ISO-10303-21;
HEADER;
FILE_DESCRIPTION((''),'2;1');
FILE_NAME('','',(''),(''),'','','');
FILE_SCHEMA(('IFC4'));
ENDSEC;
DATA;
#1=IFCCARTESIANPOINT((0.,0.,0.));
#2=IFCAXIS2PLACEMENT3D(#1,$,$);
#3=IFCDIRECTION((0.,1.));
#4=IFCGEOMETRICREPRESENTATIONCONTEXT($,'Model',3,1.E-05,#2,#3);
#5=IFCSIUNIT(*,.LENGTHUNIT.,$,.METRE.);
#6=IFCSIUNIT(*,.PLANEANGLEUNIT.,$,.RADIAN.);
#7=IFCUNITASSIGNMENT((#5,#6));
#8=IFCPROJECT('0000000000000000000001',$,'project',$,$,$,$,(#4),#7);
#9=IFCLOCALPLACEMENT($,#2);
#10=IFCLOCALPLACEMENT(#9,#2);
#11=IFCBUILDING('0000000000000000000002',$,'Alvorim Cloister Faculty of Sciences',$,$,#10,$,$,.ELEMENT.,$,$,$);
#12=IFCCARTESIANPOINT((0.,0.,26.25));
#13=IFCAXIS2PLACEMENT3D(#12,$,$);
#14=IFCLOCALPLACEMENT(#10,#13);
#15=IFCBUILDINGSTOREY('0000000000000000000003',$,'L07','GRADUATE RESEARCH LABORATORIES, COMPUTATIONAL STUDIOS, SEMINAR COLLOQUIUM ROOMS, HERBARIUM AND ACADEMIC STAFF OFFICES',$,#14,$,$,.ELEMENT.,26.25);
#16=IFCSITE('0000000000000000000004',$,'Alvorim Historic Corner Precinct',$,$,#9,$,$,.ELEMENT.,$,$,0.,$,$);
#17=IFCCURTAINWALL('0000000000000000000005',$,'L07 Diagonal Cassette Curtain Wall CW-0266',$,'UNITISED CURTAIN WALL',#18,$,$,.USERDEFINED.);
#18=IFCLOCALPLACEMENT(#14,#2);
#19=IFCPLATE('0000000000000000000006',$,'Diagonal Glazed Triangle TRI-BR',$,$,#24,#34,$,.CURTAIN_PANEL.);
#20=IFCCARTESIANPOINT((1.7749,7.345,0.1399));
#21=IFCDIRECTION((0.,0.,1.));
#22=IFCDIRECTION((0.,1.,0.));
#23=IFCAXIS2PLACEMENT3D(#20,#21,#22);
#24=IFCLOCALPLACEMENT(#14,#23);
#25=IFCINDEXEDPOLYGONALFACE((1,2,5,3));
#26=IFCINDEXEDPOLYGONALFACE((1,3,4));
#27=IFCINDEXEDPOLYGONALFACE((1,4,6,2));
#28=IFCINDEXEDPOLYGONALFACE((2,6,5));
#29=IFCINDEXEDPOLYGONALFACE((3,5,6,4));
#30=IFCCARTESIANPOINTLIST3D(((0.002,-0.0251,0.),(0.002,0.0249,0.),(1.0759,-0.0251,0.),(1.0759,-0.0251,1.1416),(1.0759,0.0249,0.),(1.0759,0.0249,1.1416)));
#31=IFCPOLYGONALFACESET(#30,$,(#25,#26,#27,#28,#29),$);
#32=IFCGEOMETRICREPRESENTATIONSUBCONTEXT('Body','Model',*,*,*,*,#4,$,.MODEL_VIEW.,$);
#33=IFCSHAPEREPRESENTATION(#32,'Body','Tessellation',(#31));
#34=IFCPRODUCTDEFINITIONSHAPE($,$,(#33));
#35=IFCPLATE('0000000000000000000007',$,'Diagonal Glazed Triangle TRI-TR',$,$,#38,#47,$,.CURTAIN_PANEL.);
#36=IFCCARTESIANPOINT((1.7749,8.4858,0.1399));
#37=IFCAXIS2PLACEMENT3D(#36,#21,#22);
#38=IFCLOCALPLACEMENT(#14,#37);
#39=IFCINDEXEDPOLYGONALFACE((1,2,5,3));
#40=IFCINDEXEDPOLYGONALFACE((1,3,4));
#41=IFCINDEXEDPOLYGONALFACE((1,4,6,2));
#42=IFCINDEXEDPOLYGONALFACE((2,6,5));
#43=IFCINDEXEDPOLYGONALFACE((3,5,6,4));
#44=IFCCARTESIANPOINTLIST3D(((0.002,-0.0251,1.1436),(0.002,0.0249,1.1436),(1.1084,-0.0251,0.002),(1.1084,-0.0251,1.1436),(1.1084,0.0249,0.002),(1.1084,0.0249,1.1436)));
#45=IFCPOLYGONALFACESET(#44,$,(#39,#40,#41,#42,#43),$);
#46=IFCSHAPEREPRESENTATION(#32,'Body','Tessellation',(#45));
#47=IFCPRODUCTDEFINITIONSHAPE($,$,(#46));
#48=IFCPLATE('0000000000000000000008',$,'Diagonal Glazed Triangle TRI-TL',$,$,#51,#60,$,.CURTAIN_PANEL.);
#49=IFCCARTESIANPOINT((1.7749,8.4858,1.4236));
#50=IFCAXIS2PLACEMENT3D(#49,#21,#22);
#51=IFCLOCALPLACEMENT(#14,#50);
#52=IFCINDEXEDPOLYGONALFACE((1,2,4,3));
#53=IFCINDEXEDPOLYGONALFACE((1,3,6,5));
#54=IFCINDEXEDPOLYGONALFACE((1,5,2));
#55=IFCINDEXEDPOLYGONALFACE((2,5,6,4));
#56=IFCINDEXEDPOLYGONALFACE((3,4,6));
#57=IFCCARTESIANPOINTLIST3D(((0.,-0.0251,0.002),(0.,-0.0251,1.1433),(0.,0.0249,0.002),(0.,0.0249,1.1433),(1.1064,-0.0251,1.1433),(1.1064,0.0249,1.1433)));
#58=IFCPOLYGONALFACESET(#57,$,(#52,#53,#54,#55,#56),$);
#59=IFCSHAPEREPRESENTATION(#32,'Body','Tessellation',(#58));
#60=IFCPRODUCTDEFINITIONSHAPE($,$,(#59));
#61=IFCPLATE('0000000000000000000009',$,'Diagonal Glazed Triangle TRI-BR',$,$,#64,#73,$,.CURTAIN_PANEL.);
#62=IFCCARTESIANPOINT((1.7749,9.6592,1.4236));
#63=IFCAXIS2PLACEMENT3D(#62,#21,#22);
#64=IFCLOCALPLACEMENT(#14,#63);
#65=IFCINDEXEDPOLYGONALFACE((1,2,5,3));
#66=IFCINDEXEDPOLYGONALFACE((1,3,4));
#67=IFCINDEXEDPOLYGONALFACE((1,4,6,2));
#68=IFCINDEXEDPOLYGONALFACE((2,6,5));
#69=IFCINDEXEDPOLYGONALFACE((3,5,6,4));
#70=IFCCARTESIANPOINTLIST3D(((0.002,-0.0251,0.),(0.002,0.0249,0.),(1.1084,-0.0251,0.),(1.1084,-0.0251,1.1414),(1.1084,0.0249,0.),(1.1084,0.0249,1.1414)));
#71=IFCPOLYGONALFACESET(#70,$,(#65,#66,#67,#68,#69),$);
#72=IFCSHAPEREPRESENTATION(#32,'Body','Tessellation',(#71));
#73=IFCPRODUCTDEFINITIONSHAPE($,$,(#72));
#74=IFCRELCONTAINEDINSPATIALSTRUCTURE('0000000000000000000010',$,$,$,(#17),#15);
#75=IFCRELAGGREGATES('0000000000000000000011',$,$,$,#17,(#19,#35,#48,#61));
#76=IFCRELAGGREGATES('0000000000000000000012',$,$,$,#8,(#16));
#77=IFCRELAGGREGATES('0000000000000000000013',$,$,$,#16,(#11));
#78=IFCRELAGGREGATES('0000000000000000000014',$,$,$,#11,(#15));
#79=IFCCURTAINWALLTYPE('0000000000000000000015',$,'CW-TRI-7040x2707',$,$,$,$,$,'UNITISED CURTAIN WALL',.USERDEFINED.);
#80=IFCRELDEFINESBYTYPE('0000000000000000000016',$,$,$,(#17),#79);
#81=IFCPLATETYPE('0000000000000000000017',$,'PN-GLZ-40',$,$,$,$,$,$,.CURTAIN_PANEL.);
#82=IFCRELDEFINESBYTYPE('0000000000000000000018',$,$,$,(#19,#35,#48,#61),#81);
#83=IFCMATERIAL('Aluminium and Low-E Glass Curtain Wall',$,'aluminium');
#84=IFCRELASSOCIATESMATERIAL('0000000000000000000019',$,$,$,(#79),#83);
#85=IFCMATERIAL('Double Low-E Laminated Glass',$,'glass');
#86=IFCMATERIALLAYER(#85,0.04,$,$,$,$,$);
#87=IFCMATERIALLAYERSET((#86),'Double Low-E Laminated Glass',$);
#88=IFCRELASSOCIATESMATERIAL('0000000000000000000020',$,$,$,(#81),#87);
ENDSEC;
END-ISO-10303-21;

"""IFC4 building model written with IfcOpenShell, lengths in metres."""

from ifc_helpers import new_model, si_unit, direction, frame, origin, place, context, subcontext, project, spatial, polyline, outline, extrude, material, layer, layer_set, type_object, element, aggregate, save


model = new_model("IFC4")

# Units and contexts
model_context = context("Model", 3, precision=1e-05, world=origin(), true_north=direction((0.0, 1.0)))
body_context = subcontext(model_context, "Body", "Model", "MODEL_VIEW")
ifc_project = project(units=[si_unit("LENGTHUNIT", "METRE"), si_unit("PLANEANGLEUNIT", "RADIAN")], contexts=[model_context])

# Site, building, storey
site_placement = place(None, origin())
site = spatial("IfcSite", under=ifc_project, at=site_placement, Name="Alvorim Historic Corner Precinct", CompositionType="ELEMENT", RefElevation=0.0)
building_placement = place(site_placement, origin())
building = spatial("IfcBuilding", under=site, at=building_placement, Name="Alvorim Cloister Faculty of Sciences", CompositionType="ELEMENT")
storey_placement = place(building_placement, frame((0.0, 0.0, 26.25)))
storey = spatial("IfcBuildingStorey", under=building, at=storey_placement, Name="L07", Description="GRADUATE RESEARCH LABORATORIES, COMPUTATIONAL STUDIOS, SEMINAR COLLOQUIUM ROOMS, HERBARIUM AND ACADEMIC STAFF OFFICES", CompositionType="ELEMENT", Elevation=26.25)

# Curtain wall
ifc_material_1 = material(Name="Aluminium and Low-E Glass Curtain Wall", Category="aluminium")
curtain_wall_type_1 = type_object("IfcCurtainWallType", Name="CW-TRI-7040x2707", ElementType="UNITISED CURTAIN WALL", PredefinedType="USERDEFINED", material=ifc_material_1)
curtain_wall_1_placement = place(storey_placement, origin())
curtain_wall_1 = element("IfcCurtainWall", 1, at=curtain_wall_1_placement, inside=storey, type_object=curtain_wall_type_1, Name="L07 Diagonal Cassette Curtain Wall CW-0266", ObjectType="UNITISED CURTAIN WALL", PredefinedType="USERDEFINED")

# Plates
ifc_material_2 = material(Name="Double Low-E Laminated Glass", Category="glass")
ifc_layer = layer(ifc_material_2, 0.04)
ifc_layer_set = layer_set([ifc_layer], Name="Double Low-E Laminated Glass")
plate_type = type_object("IfcPlateType", Name="PN-GLZ-40", PredefinedType="CURTAIN_PANEL", material=ifc_layer_set)
plate_1_placement = place(storey_placement, frame((1.7749, 7.345, 0.1399), z_axis=(0.0, 0.0, 1.0), x_axis=(0.0, 1.0, 0.0)))
plate_1 = element("IfcPlate", 2, at=plate_1_placement, type_object=plate_type, Name="Diagonal Glazed Triangle TRI-BR", PredefinedType="CURTAIN_PANEL", context=body_context, shape_type="SweptSolid", body=[
    extrude(outline(polyline([(0.002, 0.0), (1.0759, 0.0), (1.0759, 1.1416), (0.002, 0.0)])), frame((0.0, 0.0249, 0.0), z_axis=(0.0, -1.0, 0.0), x_axis=(1.0, 0.0, 0.0)), (0.0, 0.0, 1.0), 0.05),
])
plate_2_placement = place(storey_placement, frame((1.7749, 8.4858, 0.1399), z_axis=(0.0, 0.0, 1.0), x_axis=(0.0, 1.0, 0.0)))
plate_2 = element("IfcPlate", 3, at=plate_2_placement, type_object=plate_type, Name="Diagonal Glazed Triangle TRI-TR", PredefinedType="CURTAIN_PANEL", context=body_context, shape_type="SweptSolid", body=[
    extrude(outline(polyline([(1.1084, 0.002), (1.1084, 1.1436), (0.002, 1.1436), (1.1084, 0.002)])), frame((0.0, 0.0249, 0.0), z_axis=(0.0, -1.0, 0.0), x_axis=(1.0, 0.0, 0.0)), (0.0, 0.0, 1.0), 0.05),
])
plate_3_placement = place(storey_placement, frame((1.7749, 8.4858, 1.4236), z_axis=(0.0, 0.0, 1.0), x_axis=(0.0, 1.0, 0.0)))
plate_3 = element("IfcPlate", 4, at=plate_3_placement, type_object=plate_type, Name="Diagonal Glazed Triangle TRI-TL", PredefinedType="CURTAIN_PANEL", context=body_context, shape_type="SweptSolid", body=[
    extrude(outline(polyline([(1.1064, 1.1433), (0.0, 1.1433), (0.0, 0.002), (1.1064, 1.1433)])), frame((0.0, 0.0249, 0.0), z_axis=(0.0, -1.0, 0.0), x_axis=(1.0, 0.0, 0.0)), (0.0, 0.0, 1.0), 0.05),
])
plate_4_placement = place(storey_placement, frame((1.7749, 9.6592, 1.4236), z_axis=(0.0, 0.0, 1.0), x_axis=(0.0, 1.0, 0.0)))
plate_4 = element("IfcPlate", 5, at=plate_4_placement, type_object=plate_type, Name="Diagonal Glazed Triangle TRI-BR", PredefinedType="CURTAIN_PANEL", context=body_context, shape_type="SweptSolid", body=[
    extrude(outline(polyline([(0.002, 0.0), (1.1084, 0.0), (1.1084, 1.1414), (0.002, 0.0)])), frame((0.0, 0.0249, 0.0), z_axis=(0.0, -1.0, 0.0), x_axis=(1.0, 0.0, 0.0)), (0.0, 0.0, 1.0), 0.05),
])
aggregate(curtain_wall_1, [plate_1, plate_2, plate_3, plate_4])

save(model, "model.ifc")
